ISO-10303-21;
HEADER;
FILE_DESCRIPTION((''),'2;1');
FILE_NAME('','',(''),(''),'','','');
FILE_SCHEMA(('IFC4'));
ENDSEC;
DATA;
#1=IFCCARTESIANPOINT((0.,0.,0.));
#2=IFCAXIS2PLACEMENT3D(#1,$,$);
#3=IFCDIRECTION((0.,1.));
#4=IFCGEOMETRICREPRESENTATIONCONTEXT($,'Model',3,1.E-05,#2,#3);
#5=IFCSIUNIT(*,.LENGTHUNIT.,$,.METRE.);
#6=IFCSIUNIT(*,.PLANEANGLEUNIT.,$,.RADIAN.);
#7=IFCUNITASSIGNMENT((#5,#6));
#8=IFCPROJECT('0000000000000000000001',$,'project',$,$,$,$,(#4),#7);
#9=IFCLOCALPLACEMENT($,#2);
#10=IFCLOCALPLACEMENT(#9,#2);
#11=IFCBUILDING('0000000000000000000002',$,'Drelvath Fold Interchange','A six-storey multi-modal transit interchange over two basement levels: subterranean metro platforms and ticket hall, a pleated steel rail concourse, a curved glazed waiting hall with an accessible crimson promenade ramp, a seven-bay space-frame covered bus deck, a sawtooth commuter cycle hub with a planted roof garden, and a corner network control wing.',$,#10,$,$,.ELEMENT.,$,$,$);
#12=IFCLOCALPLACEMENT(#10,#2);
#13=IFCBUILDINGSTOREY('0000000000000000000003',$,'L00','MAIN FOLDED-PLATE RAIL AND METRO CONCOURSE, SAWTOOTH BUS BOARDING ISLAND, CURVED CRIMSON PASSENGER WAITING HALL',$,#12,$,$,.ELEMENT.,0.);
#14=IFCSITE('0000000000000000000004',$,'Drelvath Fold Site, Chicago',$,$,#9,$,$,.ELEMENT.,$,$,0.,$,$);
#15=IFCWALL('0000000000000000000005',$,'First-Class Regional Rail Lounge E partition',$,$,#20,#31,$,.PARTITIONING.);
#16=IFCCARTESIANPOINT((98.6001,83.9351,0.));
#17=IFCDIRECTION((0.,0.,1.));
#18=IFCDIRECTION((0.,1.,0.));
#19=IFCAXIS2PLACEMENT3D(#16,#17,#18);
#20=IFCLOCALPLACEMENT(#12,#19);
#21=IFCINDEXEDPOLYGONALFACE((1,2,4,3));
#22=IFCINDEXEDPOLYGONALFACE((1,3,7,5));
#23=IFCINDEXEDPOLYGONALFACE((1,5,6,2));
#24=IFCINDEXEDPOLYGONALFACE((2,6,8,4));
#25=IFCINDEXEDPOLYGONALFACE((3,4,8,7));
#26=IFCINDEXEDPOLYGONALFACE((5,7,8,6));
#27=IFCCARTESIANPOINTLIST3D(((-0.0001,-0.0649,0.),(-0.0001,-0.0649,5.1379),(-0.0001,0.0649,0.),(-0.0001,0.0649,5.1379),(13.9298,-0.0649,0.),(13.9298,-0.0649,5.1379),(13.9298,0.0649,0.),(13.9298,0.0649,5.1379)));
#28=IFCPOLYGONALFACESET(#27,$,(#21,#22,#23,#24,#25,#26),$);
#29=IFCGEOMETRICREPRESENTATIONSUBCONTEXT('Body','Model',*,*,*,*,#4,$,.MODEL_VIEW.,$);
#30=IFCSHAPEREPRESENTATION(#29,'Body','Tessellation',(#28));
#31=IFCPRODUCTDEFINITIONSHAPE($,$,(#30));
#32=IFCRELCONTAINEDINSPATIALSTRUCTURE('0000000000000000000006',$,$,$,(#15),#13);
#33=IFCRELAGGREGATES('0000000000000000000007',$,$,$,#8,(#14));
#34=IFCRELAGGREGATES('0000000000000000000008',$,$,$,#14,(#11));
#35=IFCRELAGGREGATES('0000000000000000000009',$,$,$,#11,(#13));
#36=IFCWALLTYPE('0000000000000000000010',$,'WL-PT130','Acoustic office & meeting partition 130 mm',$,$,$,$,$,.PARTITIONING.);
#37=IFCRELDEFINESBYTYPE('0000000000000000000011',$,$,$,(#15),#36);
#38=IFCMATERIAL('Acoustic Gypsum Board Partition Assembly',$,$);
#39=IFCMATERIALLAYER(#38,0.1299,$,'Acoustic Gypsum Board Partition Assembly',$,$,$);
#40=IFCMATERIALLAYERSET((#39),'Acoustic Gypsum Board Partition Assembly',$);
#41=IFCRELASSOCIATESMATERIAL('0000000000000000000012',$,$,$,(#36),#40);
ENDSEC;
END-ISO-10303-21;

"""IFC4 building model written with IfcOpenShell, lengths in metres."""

from ifc_helpers import new_model, si_unit, direction, frame, frame_2d, origin, place, context, subcontext, project, spatial, rectangle, extrude, material, layer, layer_set, type_object, element, save


model = new_model("IFC4")

# Units and contexts
model_context = context("Model", 3, precision=1e-05, world=origin(), true_north=direction((0.0, 1.0)))
body_context = subcontext(model_context, "Body", "Model", "MODEL_VIEW")
ifc_project = project(units=[si_unit("LENGTHUNIT", "METRE"), si_unit("PLANEANGLEUNIT", "RADIAN")], contexts=[model_context])

# Site, building, storey
site_placement = place(None, origin())
site = spatial("IfcSite", under=ifc_project, at=site_placement, Name="Drelvath Fold Site, Chicago", CompositionType="ELEMENT", RefElevation=0.0)
building_placement = place(site_placement, origin())
building = spatial("IfcBuilding", under=site, at=building_placement, Name="Drelvath Fold Interchange", Description="A six-storey multi-modal transit interchange over two basement levels: subterranean metro platforms and ticket hall, a pleated steel rail concourse, a curved glazed waiting hall with an accessible crimson promenade ramp, a seven-bay space-frame covered bus deck, a sawtooth commuter cycle hub with a planted roof garden, and a corner network control wing.", CompositionType="ELEMENT")
storey_placement = place(building_placement, origin())
storey = spatial("IfcBuildingStorey", under=building, at=storey_placement, Name="L00", Description="MAIN FOLDED-PLATE RAIL AND METRO CONCOURSE, SAWTOOTH BUS BOARDING ISLAND, CURVED CRIMSON PASSENGER WAITING HALL", CompositionType="ELEMENT", Elevation=0.0)

# Wall
ifc_material_1 = material(Name="Acoustic Gypsum Board Partition Assembly")
ifc_layer_1 = layer(ifc_material_1, 0.1299, Name="Acoustic Gypsum Board Partition Assembly")
ifc_layer_set_1 = layer_set([ifc_layer_1], Name="Acoustic Gypsum Board Partition Assembly")
wall_type_1 = type_object("IfcWallType", Name="WL-PT130", Description="Acoustic office & meeting partition 130 mm", PredefinedType="PARTITIONING", material=ifc_layer_set_1)
wall_1_placement = place(storey_placement, frame((98.6001, 83.9351, 0.0), z_axis=(0.0, 0.0, 1.0), x_axis=(0.0, 1.0, 0.0)))
element("IfcWall", 1, at=wall_1_placement, inside=storey, type_object=wall_type_1, Name="First-Class Regional Rail Lounge E partition", PredefinedType="PARTITIONING", context=body_context, shape_type="SweptSolid", body=[
    extrude(rectangle(XDim=13.9299, YDim=0.1299, at=frame_2d((6.9648, 0.0))), origin(), (0.0, 0.0, 1.0), 5.1379),
])

save(model, "model.ifc")
